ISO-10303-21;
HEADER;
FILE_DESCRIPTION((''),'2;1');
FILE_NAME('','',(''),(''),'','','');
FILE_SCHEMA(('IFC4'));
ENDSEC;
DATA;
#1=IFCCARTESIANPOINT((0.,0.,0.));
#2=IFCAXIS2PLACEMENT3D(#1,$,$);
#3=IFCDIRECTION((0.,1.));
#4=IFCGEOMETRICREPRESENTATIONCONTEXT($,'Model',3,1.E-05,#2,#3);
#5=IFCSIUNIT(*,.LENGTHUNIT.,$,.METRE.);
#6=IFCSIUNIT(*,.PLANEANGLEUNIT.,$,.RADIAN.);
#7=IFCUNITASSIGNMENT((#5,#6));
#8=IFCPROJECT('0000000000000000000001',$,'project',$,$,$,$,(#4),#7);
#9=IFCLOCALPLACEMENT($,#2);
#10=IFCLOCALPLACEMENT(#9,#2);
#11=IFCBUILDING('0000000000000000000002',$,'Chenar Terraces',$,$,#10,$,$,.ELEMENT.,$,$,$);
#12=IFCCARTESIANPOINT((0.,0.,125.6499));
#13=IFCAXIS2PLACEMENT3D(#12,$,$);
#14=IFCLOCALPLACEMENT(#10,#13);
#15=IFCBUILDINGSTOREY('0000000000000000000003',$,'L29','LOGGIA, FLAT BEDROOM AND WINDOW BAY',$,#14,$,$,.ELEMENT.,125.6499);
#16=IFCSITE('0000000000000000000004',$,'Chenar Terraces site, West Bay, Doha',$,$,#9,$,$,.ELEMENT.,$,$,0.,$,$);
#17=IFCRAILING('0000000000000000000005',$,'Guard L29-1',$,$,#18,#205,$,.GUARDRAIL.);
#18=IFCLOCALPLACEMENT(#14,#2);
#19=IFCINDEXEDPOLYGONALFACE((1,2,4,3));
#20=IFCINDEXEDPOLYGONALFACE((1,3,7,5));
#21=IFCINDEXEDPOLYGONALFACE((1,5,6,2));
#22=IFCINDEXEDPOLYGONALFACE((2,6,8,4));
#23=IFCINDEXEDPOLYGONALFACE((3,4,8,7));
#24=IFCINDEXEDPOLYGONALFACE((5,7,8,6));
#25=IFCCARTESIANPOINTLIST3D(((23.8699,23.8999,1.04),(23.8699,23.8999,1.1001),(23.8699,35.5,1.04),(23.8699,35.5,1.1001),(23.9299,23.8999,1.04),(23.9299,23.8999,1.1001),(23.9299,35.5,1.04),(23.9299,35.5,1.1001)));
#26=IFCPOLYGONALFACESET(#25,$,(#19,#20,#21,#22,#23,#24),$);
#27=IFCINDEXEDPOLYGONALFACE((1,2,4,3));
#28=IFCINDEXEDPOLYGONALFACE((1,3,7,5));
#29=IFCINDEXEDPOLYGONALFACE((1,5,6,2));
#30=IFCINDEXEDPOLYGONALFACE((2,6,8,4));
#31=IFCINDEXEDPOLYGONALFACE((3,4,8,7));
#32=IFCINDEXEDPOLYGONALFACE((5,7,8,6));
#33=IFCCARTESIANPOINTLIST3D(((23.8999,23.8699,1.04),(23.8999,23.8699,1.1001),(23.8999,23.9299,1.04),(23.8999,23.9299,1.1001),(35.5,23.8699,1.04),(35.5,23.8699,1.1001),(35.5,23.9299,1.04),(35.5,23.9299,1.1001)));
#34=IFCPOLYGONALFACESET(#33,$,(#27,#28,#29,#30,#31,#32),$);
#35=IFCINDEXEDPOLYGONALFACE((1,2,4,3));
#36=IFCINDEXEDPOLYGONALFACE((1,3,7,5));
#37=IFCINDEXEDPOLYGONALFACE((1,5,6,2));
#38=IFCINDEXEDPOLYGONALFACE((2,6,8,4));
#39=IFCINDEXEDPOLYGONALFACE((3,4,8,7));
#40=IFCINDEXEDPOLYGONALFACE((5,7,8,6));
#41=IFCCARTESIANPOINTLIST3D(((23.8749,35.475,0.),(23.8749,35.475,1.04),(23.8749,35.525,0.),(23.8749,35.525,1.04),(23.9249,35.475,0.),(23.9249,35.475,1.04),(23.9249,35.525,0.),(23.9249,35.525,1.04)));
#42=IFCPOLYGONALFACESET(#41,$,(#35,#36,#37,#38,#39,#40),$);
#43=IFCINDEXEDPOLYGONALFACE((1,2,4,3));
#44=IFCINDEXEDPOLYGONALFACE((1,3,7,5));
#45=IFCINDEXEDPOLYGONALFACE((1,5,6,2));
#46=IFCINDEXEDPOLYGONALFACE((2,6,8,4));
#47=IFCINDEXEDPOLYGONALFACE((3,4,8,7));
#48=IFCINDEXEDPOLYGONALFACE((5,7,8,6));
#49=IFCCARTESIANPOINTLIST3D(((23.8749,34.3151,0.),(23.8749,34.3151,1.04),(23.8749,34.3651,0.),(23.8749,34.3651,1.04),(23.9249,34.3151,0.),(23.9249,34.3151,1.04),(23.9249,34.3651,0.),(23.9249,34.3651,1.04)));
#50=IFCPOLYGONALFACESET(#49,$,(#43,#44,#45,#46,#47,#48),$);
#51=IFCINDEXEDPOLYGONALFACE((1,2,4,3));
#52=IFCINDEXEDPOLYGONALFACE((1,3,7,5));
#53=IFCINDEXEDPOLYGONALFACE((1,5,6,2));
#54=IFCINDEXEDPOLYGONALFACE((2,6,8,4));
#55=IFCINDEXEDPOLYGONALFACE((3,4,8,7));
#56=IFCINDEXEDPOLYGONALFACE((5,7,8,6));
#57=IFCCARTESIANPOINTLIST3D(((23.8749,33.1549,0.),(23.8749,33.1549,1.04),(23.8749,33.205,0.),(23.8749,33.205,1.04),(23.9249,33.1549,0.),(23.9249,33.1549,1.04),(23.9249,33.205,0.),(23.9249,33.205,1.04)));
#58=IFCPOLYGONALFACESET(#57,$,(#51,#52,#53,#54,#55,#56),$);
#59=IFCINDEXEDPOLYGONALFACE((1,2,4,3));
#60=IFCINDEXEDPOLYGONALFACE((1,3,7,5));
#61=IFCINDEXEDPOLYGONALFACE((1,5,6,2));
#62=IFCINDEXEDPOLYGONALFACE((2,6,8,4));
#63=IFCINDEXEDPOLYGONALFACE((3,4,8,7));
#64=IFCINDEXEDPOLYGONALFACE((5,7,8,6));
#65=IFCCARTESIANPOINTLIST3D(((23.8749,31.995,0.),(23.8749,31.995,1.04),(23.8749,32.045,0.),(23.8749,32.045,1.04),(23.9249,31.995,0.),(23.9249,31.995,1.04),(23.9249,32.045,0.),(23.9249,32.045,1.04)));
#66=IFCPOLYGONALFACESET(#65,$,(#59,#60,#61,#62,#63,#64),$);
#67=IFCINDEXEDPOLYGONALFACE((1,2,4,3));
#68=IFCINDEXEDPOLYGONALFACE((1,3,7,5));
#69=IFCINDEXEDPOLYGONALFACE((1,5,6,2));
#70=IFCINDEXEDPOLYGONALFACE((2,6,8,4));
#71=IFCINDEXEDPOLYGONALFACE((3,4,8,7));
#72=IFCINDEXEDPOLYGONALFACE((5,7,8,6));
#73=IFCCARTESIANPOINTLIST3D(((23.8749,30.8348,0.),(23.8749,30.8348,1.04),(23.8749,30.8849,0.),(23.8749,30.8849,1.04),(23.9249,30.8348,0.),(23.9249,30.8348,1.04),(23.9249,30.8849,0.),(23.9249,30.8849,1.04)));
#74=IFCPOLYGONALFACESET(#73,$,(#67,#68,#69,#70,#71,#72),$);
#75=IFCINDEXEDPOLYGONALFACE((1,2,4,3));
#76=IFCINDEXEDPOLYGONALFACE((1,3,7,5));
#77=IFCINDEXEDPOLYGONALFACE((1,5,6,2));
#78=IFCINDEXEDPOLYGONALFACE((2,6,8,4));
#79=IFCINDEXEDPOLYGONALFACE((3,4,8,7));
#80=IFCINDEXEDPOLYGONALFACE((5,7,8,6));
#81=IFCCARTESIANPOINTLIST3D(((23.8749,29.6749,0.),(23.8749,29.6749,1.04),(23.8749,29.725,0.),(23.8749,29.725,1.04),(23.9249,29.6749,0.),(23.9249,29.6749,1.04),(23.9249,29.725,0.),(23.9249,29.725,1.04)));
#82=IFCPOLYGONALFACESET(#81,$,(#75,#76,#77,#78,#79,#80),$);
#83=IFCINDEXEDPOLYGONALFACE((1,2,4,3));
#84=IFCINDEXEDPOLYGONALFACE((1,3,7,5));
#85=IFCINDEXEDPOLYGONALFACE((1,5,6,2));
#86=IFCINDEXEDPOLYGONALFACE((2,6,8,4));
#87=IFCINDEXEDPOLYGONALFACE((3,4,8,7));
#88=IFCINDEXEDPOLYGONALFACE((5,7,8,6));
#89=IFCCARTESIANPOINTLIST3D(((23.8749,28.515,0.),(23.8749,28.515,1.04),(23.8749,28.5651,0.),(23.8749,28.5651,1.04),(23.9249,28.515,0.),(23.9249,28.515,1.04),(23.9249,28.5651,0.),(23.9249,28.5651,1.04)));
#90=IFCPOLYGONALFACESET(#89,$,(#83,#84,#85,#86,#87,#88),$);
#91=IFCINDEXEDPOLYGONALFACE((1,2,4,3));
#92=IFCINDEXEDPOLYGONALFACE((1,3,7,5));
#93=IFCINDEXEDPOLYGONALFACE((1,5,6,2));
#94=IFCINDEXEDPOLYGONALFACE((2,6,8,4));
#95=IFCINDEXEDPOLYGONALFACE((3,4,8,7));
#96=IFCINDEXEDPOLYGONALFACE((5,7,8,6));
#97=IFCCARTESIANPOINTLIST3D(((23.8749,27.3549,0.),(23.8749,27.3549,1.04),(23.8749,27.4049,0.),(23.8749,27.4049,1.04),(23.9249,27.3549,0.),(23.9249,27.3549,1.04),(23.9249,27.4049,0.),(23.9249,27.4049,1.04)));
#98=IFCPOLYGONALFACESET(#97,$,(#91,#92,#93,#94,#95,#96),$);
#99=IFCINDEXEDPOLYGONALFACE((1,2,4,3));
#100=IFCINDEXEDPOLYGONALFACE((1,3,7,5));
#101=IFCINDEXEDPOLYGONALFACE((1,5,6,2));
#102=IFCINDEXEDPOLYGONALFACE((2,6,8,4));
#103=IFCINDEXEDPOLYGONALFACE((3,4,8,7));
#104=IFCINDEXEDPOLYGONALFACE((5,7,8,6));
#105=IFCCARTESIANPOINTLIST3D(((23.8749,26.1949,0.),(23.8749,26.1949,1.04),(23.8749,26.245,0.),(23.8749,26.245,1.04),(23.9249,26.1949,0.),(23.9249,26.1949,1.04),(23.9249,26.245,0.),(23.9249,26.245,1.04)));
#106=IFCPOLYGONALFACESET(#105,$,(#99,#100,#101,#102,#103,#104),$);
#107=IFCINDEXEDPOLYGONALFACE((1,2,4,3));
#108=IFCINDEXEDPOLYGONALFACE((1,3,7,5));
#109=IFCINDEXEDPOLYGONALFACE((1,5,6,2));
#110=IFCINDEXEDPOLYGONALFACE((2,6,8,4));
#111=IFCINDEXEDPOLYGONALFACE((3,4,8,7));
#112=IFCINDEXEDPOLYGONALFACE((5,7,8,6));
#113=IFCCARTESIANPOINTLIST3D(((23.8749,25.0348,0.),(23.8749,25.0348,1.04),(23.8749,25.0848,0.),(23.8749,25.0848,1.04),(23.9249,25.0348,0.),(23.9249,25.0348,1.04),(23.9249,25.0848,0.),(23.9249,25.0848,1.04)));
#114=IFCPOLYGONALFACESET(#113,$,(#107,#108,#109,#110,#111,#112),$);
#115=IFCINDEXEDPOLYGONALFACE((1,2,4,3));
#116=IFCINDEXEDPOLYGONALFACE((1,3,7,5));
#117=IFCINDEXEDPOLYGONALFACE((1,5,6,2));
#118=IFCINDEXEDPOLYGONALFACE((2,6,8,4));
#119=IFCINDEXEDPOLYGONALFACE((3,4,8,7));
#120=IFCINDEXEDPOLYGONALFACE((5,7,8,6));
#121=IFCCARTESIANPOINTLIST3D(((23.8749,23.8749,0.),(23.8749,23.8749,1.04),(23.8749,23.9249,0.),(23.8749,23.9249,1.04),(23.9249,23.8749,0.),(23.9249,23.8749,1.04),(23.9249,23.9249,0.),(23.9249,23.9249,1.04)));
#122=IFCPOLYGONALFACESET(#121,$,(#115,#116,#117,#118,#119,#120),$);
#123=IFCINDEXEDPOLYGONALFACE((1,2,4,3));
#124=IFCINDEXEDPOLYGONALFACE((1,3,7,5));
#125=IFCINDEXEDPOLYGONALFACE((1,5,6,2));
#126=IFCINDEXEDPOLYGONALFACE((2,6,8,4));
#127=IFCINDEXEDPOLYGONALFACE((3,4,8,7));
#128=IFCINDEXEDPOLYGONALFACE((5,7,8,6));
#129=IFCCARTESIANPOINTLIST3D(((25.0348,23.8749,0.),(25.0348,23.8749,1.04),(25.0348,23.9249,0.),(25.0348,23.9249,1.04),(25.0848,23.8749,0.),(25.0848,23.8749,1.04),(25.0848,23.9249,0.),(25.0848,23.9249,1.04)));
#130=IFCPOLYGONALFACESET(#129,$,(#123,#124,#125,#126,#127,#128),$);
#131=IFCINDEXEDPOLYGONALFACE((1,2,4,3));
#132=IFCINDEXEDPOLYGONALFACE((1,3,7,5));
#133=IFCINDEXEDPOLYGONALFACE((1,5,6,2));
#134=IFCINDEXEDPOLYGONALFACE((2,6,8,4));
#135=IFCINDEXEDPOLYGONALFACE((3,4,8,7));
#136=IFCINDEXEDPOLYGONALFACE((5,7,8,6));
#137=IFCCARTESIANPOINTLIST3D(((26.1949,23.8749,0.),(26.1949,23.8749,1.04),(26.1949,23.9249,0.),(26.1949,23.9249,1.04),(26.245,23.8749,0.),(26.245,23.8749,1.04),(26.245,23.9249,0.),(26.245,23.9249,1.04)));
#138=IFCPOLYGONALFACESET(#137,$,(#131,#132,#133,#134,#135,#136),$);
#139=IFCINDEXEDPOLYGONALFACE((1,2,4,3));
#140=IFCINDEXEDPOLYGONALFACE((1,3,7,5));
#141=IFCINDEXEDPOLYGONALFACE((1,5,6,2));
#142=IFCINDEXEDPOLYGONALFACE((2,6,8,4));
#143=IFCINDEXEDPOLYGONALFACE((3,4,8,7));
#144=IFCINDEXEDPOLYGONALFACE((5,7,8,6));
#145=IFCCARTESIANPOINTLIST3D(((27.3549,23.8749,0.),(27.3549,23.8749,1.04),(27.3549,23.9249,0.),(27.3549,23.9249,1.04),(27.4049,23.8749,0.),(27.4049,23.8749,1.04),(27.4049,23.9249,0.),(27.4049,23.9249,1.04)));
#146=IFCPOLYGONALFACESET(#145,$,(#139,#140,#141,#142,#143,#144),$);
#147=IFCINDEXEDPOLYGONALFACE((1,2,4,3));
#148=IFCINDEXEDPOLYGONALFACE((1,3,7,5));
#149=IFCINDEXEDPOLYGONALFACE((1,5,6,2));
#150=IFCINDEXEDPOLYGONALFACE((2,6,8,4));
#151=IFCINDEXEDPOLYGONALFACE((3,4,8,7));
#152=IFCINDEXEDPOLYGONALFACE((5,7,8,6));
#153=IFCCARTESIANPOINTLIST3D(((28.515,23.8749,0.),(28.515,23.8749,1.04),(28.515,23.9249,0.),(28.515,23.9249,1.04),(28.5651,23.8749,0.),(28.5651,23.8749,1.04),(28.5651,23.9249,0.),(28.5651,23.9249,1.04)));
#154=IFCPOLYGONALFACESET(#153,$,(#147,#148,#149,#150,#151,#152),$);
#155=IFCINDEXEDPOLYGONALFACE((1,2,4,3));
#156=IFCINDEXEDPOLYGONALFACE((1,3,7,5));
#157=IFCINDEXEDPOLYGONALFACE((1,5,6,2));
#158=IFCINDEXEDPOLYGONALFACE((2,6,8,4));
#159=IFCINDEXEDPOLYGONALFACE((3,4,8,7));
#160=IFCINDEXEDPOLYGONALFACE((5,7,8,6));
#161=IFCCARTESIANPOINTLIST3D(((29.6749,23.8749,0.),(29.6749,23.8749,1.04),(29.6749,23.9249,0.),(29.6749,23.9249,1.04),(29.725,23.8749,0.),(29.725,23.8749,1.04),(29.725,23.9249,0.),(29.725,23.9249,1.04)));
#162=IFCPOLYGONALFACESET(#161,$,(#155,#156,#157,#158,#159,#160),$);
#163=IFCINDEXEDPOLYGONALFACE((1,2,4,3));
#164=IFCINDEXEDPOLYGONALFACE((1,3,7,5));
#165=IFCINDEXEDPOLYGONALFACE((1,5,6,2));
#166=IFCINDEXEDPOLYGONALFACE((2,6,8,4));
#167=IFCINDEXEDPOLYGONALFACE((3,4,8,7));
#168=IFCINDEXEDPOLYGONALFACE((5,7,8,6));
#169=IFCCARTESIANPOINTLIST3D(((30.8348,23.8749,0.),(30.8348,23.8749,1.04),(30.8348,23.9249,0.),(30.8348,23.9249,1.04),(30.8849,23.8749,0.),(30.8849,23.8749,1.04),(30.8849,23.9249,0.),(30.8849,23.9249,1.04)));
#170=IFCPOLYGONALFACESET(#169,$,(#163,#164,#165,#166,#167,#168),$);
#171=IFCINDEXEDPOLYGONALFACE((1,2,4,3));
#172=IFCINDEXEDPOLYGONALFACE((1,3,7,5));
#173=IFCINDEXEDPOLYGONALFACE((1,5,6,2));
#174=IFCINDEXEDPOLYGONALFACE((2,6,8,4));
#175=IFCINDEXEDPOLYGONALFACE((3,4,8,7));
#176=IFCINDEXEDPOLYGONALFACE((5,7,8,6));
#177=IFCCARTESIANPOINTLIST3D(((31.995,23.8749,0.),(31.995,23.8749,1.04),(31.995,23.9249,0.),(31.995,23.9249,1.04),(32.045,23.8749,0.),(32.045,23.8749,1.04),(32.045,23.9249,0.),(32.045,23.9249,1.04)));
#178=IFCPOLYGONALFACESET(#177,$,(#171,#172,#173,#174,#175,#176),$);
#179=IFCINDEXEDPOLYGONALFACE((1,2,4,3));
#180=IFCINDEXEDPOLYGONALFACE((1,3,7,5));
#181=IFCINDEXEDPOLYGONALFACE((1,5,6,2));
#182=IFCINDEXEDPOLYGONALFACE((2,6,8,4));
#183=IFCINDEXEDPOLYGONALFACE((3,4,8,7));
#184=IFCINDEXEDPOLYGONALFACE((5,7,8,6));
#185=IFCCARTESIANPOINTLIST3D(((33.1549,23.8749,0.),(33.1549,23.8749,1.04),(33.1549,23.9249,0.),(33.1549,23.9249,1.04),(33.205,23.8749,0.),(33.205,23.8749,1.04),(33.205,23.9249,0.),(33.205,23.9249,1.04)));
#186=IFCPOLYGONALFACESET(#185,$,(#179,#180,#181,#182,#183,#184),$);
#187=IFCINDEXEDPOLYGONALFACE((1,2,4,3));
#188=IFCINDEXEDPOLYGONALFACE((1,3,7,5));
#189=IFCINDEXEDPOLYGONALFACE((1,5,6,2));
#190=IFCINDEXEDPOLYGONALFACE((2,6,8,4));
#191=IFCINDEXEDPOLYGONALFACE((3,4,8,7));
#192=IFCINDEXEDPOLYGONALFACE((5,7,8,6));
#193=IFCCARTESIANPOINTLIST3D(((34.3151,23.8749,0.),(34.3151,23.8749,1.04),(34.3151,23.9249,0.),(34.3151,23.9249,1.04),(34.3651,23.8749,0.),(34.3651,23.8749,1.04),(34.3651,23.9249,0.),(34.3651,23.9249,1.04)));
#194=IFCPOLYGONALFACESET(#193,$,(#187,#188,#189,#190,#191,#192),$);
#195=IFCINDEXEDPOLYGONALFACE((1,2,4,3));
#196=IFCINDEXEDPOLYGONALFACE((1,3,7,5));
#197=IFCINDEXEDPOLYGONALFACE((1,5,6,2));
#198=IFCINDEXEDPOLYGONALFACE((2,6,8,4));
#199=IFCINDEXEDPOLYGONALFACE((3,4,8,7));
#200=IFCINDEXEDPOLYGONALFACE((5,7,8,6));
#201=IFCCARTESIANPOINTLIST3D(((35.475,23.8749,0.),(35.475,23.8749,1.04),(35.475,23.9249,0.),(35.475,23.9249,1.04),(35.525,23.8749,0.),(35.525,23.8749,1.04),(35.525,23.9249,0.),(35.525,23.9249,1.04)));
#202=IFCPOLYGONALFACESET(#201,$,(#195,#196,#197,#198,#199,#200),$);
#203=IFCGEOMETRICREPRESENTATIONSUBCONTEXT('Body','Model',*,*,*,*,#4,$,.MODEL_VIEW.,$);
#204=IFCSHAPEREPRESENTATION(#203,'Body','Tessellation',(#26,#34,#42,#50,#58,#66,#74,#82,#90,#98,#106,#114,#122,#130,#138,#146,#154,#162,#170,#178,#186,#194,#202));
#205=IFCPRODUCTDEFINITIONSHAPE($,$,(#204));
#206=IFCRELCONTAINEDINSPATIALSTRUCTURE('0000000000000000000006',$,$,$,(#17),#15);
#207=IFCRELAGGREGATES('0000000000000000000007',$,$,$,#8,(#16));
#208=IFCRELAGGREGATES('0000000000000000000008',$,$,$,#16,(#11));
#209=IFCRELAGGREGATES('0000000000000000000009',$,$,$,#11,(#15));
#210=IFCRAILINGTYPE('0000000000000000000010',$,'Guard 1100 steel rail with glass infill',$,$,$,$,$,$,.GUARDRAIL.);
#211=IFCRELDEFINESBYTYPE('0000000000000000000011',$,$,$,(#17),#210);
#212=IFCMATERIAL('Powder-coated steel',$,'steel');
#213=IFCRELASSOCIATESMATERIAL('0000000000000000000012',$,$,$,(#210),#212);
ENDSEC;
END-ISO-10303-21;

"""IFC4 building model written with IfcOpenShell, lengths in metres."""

from ifc_helpers import new_model, si_unit, direction, frame, origin, origin_2d, place, context, subcontext, project, spatial, rectangle, extrude, material, type_object, element, save


model = new_model("IFC4")

# Units and contexts
model_context = context("Model", 3, precision=1e-05, world=origin(), true_north=direction((0.0, 1.0)))
body_context = subcontext(model_context, "Body", "Model", "MODEL_VIEW")
ifc_project = project(units=[si_unit("LENGTHUNIT", "METRE"), si_unit("PLANEANGLEUNIT", "RADIAN")], contexts=[model_context])

# Site, building, storey
site_placement = place(None, origin())
site = spatial("IfcSite", under=ifc_project, at=site_placement, Name="Chenar Terraces site, West Bay, Doha", CompositionType="ELEMENT", RefElevation=0.0)
building_placement = place(site_placement, origin())
building = spatial("IfcBuilding", under=site, at=building_placement, Name="Chenar Terraces", CompositionType="ELEMENT")
storey_placement = place(building_placement, frame((0.0, 0.0, 125.6499)))
storey = spatial("IfcBuildingStorey", under=building, at=storey_placement, Name="L29", Description="LOGGIA, FLAT BEDROOM AND WINDOW BAY", CompositionType="ELEMENT", Elevation=125.6499)

# Railing
ifc_material_1 = material(Name="Powder-coated steel", Category="steel")
railing_type = type_object("IfcRailingType", Name="Guard 1100 steel rail with glass infill", PredefinedType="GUARDRAIL", material=ifc_material_1)
railing_placement = place(storey_placement, frame((23.8999, 35.5, 0.0)))
element("IfcRailing", 1, at=railing_placement, inside=storey, type_object=railing_type, Name="Guard L29-1", PredefinedType="GUARDRAIL", context=body_context, shape_type="SweptSolid", body=[
    extrude(rectangle(XDim=0.0601, YDim=0.0601, at=origin_2d()), frame((0.0, 0.0, 1.0701), z_axis=(0.0, -1.0, 0.0), x_axis=(1.0, 0.0, 0.0)), (0.0, 0.0, 1.0), 11.6001),
    extrude(rectangle(XDim=0.0601, YDim=0.0601, at=origin_2d()), frame((0.0, -11.6001, 1.0701), z_axis=(1.0, 0.0, 0.0), x_axis=(0.0, 1.0, 0.0)), (0.0, 0.0, 1.0), 11.6001),
    extrude(rectangle(XDim=0.05, YDim=0.05, at=origin_2d()), origin(), (0.0, 0.0, 1.0), 1.04),
    extrude(rectangle(XDim=0.05, YDim=0.05, at=origin_2d()), frame((0.0, -1.1599, 0.0)), (0.0, 0.0, 1.0), 1.04),
    extrude(rectangle(XDim=0.05, YDim=0.05, at=origin_2d()), frame((0.0, -2.3201, 0.0)), (0.0, 0.0, 1.0), 1.04),
    extrude(rectangle(XDim=0.05, YDim=0.05, at=origin_2d()), frame((0.0, -3.48, 0.0)), (0.0, 0.0, 1.0), 1.04),
    extrude(rectangle(XDim=0.05, YDim=0.05, at=origin_2d()), frame((0.0, -4.6401, 0.0)), (0.0, 0.0, 1.0), 1.04),
    extrude(rectangle(XDim=0.05, YDim=0.05, at=origin_2d()), frame((0.0, -5.8, 0.0)), (0.0, 0.0, 1.0), 1.04),
    extrude(rectangle(XDim=0.05, YDim=0.05, at=origin_2d()), frame((0.0, -6.96, 0.0)), (0.0, 0.0, 1.0), 1.04),
    extrude(rectangle(XDim=0.05, YDim=0.05, at=origin_2d()), frame((0.0, -8.1201, 0.0)), (0.0, 0.0, 1.0), 1.04),
    extrude(rectangle(XDim=0.05, YDim=0.05, at=origin_2d()), frame((0.0, -9.28, 0.0)), (0.0, 0.0, 1.0), 1.04),
    extrude(rectangle(XDim=0.05, YDim=0.05, at=origin_2d()), frame((0.0, -10.4402, 0.0)), (0.0, 0.0, 1.0), 1.04),
    extrude(rectangle(XDim=0.05, YDim=0.05, at=origin_2d()), frame((0.0, -11.6001, 0.0)), (0.0, 0.0, 1.0), 1.04),
    extrude(rectangle(XDim=0.05, YDim=0.05, at=origin_2d()), frame((1.1599, -11.6001, 0.0)), (0.0, 0.0, 1.0), 1.04),
    extrude(rectangle(XDim=0.05, YDim=0.05, at=origin_2d()), frame((2.3201, -11.6001, 0.0)), (0.0, 0.0, 1.0), 1.04),
    extrude(rectangle(XDim=0.05, YDim=0.05, at=origin_2d()), frame((3.48, -11.6001, 0.0)), (0.0, 0.0, 1.0), 1.04),
    extrude(rectangle(XDim=0.05, YDim=0.05, at=origin_2d()), frame((4.6401, -11.6001, 0.0)), (0.0, 0.0, 1.0), 1.04),
    extrude(rectangle(XDim=0.05, YDim=0.05, at=origin_2d()), frame((5.8, -11.6001, 0.0)), (0.0, 0.0, 1.0), 1.04),
    extrude(rectangle(XDim=0.05, YDim=0.05, at=origin_2d()), frame((6.96, -11.6001, 0.0)), (0.0, 0.0, 1.0), 1.04),
    extrude(rectangle(XDim=0.05, YDim=0.05, at=origin_2d()), frame((8.1201, -11.6001, 0.0)), (0.0, 0.0, 1.0), 1.04),
    extrude(rectangle(XDim=0.05, YDim=0.05, at=origin_2d()), frame((9.28, -11.6001, 0.0)), (0.0, 0.0, 1.0), 1.04),
    extrude(rectangle(XDim=0.05, YDim=0.05, at=origin_2d()), frame((10.4402, -11.6001, 0.0)), (0.0, 0.0, 1.0), 1.04),
    extrude(rectangle(XDim=0.05, YDim=0.05, at=origin_2d()), frame((11.6001, -11.6001, 0.0)), (0.0, 0.0, 1.0), 1.04),
])

save(model, "model.ifc")
